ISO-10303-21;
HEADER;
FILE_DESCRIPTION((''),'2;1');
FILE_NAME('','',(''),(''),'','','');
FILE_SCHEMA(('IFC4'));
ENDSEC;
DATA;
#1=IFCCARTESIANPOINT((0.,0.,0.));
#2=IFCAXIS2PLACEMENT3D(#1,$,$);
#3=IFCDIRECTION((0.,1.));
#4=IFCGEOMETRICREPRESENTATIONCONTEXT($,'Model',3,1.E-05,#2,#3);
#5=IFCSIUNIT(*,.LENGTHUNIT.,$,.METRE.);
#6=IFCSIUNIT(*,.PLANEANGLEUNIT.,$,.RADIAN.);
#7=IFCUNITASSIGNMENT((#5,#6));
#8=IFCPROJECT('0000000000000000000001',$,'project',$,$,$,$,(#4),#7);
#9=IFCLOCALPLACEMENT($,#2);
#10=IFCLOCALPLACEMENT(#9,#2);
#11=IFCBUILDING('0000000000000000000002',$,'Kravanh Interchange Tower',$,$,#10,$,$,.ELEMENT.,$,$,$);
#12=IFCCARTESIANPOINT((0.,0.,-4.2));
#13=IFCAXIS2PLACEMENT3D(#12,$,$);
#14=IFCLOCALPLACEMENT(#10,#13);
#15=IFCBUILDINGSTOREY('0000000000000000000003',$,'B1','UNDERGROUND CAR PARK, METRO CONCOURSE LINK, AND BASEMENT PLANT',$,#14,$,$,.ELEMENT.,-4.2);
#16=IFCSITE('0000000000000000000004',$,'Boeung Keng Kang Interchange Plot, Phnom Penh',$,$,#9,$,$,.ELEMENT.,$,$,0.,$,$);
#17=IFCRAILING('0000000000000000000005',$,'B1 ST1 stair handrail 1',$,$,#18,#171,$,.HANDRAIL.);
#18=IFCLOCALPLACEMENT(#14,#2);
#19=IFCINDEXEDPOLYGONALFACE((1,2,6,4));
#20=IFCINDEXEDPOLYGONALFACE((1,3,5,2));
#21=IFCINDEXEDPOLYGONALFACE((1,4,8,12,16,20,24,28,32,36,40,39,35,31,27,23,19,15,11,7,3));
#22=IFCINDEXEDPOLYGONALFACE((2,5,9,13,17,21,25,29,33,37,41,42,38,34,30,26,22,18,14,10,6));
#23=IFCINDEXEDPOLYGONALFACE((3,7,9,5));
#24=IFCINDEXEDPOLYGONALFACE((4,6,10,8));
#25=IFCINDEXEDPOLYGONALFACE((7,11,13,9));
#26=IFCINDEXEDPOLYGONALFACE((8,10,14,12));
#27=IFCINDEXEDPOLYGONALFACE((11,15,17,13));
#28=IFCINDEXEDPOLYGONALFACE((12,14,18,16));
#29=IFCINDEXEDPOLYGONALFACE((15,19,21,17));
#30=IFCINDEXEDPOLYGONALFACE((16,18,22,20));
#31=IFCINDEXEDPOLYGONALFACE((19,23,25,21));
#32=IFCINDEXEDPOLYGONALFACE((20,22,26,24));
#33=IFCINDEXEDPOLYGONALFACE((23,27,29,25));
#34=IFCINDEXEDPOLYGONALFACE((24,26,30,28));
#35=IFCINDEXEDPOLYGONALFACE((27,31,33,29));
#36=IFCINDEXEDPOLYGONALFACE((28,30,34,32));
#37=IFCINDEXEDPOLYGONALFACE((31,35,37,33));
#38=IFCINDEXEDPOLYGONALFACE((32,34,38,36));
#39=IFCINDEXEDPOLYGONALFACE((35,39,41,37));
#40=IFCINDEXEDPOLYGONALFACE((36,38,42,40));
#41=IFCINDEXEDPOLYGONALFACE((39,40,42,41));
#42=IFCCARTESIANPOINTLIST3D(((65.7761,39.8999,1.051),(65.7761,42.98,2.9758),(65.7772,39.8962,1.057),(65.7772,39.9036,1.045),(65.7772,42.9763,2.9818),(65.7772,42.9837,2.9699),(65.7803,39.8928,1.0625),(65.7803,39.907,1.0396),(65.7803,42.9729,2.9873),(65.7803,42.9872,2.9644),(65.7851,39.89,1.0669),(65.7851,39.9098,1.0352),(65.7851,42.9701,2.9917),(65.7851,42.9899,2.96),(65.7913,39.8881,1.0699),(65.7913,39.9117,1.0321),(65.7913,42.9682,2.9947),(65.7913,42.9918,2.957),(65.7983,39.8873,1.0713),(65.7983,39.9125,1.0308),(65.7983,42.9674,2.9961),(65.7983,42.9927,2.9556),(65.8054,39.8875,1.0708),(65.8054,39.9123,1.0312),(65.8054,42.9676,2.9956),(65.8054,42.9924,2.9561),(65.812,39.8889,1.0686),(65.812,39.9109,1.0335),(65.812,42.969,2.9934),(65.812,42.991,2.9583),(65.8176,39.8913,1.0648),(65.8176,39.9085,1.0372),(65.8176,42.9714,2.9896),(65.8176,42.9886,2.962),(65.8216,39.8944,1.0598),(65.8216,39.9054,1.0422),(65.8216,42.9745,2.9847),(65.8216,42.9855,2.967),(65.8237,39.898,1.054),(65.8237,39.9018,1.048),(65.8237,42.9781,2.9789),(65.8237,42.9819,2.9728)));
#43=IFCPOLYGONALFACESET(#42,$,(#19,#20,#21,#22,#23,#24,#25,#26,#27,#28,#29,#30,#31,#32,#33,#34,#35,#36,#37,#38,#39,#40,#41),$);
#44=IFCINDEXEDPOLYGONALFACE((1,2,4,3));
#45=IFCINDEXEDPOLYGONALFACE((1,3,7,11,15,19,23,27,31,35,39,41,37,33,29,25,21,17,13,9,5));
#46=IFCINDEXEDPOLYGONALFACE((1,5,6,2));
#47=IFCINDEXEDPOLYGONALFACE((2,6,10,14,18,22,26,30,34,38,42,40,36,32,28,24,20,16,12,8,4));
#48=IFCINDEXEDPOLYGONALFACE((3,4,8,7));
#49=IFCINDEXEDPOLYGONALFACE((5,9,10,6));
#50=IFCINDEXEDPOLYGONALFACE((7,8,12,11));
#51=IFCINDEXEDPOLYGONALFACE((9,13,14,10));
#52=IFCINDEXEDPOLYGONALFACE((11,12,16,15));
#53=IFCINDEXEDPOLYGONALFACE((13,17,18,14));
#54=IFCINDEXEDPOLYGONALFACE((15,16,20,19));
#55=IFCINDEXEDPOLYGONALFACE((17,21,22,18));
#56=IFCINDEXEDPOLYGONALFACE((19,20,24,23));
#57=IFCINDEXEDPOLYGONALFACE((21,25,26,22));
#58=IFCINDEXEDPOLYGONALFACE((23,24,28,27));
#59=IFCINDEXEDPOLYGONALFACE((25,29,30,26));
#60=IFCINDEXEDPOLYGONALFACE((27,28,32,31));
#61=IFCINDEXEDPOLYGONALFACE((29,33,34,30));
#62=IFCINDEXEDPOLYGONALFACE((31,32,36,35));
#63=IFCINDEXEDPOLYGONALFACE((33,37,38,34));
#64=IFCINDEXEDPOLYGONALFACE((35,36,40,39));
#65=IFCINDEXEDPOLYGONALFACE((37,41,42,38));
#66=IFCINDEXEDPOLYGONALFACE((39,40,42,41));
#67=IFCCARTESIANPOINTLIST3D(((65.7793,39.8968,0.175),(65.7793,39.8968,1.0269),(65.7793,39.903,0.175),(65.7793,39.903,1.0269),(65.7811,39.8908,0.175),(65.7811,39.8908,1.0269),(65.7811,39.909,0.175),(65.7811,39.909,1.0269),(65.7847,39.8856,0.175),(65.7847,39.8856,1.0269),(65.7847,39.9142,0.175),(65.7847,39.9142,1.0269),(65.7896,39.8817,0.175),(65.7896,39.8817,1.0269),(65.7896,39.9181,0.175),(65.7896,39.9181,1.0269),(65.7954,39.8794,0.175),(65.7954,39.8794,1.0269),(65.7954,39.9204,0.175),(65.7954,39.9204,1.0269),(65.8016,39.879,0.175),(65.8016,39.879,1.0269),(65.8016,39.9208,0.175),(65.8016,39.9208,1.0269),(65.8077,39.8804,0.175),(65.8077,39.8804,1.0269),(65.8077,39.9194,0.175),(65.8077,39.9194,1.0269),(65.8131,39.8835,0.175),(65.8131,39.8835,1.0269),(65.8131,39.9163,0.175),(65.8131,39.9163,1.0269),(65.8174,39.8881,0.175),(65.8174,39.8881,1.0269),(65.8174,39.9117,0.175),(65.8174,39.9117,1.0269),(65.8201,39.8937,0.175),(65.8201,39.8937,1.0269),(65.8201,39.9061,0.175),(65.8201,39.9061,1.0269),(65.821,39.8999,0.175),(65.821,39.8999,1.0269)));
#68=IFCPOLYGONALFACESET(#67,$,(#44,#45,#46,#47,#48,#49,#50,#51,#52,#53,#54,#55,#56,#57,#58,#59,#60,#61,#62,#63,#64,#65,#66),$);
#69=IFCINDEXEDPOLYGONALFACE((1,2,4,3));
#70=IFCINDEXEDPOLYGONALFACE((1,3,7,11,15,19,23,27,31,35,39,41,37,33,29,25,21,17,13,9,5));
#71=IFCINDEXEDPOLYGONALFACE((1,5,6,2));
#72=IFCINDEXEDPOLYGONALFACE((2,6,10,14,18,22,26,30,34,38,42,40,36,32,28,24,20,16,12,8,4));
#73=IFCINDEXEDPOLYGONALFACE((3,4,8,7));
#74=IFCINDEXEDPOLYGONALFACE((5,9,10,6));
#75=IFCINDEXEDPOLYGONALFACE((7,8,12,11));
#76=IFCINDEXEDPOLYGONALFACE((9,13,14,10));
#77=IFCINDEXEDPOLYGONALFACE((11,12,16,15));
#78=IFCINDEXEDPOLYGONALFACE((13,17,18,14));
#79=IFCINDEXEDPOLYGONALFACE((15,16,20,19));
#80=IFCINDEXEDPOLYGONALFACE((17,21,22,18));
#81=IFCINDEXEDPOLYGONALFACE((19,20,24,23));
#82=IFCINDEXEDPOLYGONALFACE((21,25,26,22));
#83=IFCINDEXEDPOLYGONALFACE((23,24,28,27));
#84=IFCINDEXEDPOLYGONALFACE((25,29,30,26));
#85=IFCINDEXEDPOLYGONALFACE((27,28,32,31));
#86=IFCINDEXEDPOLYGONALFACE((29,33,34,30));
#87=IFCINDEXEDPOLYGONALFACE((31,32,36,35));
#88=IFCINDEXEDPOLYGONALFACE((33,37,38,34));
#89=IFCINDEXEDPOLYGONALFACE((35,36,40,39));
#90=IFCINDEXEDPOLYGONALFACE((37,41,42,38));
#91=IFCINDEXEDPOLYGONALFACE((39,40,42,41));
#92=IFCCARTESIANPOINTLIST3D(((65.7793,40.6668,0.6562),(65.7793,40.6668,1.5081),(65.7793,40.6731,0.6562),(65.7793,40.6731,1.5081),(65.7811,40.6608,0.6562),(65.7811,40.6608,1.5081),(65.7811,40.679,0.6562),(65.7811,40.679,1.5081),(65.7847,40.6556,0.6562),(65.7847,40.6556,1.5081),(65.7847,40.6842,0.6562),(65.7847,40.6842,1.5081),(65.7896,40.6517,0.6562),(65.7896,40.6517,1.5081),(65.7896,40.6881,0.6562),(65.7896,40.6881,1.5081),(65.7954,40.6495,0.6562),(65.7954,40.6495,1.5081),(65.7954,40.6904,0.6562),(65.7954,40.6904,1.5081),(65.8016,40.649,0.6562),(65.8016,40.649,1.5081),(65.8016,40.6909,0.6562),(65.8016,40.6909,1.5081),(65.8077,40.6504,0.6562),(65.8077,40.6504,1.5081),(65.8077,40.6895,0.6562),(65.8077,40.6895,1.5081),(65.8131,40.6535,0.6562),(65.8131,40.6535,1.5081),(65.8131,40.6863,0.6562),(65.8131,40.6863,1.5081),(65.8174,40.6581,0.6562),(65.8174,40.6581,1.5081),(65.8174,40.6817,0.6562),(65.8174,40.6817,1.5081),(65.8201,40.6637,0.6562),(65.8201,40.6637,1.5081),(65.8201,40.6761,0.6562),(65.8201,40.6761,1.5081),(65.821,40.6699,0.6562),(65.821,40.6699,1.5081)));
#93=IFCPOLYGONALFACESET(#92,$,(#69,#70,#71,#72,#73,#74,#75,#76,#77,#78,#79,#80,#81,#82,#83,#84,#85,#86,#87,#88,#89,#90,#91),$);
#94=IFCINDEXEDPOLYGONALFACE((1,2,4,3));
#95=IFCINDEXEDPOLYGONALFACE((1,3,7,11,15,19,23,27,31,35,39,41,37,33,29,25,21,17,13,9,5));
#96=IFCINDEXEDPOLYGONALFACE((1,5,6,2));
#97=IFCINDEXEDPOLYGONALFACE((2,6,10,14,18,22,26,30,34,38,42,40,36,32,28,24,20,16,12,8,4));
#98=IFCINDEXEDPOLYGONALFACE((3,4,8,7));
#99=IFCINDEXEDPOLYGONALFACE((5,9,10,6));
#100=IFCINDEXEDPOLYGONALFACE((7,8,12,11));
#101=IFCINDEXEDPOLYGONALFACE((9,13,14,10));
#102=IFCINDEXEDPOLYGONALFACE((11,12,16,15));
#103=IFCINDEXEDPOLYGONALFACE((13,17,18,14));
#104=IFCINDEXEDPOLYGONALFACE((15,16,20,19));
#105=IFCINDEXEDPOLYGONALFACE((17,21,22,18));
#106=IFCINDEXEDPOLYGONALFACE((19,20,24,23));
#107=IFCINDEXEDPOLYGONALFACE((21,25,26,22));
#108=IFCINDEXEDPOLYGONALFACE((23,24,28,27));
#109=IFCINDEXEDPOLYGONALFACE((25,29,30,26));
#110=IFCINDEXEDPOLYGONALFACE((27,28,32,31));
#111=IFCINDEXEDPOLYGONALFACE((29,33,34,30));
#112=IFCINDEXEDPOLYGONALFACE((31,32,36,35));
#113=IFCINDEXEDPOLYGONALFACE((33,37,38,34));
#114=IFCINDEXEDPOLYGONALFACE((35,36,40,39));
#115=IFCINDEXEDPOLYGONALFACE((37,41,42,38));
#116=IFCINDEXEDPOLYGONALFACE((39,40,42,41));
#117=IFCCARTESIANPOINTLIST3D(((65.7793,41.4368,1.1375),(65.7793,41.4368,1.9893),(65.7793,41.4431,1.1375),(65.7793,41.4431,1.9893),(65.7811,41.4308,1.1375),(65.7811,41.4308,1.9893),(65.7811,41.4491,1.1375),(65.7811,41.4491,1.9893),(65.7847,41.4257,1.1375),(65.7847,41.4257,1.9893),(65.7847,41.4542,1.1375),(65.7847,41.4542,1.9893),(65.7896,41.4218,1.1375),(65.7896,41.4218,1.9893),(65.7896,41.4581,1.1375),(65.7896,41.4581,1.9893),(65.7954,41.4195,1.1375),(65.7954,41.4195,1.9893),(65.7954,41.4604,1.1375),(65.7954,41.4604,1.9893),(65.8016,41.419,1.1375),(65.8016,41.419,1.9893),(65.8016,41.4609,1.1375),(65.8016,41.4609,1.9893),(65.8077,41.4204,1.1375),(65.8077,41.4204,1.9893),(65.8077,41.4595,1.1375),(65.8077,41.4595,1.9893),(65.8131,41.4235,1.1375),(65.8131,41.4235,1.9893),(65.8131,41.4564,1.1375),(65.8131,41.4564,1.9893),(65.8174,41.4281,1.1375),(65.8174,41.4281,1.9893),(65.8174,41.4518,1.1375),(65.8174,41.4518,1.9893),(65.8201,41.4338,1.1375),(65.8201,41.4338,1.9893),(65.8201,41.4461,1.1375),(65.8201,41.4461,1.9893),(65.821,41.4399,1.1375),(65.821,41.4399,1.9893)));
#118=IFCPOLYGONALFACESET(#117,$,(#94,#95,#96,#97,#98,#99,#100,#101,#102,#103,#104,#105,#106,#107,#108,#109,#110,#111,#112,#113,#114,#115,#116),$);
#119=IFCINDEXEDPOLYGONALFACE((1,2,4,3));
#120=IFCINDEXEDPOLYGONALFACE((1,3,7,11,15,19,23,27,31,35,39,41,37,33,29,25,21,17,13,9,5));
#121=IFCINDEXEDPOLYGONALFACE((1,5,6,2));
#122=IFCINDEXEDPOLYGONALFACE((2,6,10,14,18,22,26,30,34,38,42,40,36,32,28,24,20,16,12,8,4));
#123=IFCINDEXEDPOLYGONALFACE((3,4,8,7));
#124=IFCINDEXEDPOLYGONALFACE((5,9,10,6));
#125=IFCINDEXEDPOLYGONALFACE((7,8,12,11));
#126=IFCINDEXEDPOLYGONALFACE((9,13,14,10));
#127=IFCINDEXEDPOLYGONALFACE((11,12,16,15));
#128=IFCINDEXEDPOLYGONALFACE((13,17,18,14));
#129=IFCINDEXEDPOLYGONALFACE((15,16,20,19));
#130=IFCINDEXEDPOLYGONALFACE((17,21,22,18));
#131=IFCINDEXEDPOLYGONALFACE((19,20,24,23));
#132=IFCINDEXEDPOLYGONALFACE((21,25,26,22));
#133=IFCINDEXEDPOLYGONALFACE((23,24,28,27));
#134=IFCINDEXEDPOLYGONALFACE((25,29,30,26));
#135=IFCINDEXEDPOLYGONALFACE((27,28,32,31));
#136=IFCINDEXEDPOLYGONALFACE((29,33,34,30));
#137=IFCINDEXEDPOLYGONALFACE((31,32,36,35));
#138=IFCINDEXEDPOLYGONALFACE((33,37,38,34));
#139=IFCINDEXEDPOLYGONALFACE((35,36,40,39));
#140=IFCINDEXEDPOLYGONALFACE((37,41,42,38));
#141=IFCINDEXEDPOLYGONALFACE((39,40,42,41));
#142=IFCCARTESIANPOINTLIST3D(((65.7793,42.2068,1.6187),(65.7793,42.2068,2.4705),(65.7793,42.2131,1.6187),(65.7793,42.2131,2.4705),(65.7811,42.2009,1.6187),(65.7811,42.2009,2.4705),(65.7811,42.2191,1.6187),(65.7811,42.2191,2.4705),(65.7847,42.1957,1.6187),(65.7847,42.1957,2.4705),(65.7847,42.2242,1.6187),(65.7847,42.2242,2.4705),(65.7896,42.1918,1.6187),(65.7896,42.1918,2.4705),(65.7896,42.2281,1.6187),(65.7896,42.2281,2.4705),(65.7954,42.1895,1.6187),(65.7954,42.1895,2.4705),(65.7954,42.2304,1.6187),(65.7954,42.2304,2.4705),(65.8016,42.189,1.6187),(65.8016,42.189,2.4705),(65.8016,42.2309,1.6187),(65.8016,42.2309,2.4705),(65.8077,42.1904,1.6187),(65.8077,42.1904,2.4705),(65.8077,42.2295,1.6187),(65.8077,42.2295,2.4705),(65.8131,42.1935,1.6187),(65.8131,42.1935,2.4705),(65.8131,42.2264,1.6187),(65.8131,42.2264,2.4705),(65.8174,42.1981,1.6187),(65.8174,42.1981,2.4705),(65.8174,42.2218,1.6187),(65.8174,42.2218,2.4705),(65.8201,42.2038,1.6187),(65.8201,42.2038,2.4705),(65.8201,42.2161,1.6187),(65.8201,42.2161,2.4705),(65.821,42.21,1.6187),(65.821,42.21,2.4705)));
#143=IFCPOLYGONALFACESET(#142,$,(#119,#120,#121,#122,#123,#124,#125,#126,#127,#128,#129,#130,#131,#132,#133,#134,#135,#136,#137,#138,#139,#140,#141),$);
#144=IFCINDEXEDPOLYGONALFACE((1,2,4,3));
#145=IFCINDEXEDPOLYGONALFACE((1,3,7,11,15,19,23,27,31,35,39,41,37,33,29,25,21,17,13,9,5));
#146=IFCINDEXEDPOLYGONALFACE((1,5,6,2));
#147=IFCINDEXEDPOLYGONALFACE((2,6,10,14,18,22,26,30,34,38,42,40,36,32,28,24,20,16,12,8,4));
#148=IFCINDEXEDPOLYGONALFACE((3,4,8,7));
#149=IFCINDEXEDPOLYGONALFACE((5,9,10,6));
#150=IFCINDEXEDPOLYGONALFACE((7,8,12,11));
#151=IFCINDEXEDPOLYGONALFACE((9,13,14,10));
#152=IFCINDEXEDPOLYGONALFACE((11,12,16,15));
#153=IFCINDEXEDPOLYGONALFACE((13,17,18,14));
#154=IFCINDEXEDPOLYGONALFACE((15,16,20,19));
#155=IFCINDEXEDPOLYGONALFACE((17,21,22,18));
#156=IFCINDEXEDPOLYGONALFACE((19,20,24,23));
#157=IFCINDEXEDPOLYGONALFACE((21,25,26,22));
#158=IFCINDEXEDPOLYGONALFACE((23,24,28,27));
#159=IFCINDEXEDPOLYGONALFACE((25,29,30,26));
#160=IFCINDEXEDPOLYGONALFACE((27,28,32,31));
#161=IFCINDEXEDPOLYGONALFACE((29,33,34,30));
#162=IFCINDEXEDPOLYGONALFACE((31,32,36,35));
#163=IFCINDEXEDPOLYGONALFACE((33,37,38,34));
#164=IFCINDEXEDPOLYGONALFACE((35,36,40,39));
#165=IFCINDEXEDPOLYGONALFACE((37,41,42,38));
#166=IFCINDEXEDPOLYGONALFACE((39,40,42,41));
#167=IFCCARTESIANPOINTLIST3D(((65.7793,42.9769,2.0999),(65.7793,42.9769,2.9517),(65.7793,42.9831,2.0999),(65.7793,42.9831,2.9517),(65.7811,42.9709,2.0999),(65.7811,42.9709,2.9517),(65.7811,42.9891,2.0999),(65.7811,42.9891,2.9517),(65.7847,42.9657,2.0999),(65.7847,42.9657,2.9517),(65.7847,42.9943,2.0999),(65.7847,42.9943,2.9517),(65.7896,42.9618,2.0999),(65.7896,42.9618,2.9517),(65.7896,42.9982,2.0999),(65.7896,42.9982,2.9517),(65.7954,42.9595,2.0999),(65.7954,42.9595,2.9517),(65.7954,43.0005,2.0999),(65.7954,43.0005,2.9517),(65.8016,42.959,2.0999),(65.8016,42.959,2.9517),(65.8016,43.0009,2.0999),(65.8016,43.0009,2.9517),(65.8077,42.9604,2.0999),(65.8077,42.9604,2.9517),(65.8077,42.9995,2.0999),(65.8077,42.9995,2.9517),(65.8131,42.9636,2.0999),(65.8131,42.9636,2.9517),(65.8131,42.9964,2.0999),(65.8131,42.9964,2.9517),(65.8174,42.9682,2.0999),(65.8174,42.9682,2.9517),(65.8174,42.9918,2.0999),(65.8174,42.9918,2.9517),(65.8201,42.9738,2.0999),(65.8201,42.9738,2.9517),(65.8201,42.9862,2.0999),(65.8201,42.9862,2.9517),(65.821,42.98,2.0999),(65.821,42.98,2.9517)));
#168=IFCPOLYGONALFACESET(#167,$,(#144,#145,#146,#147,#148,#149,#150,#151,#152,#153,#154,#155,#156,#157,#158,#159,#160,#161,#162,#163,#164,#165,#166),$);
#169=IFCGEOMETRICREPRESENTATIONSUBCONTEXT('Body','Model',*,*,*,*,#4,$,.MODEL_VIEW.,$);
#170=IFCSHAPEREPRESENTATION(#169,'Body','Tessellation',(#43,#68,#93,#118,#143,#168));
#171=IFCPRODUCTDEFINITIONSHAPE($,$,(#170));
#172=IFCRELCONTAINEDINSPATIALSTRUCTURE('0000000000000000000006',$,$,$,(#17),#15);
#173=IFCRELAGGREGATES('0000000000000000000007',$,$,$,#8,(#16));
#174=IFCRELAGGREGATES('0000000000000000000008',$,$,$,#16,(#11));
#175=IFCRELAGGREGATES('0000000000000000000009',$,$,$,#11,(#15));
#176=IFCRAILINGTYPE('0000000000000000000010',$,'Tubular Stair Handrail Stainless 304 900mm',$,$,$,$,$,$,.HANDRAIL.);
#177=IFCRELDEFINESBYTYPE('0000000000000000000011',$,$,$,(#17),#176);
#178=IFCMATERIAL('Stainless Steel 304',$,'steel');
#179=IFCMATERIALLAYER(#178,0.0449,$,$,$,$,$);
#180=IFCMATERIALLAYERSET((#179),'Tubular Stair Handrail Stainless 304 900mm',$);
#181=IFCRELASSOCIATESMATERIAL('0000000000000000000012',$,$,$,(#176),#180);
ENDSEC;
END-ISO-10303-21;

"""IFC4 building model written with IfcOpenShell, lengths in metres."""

from ifc_helpers import new_model, si_unit, direction, frame, origin, origin_2d, place, context, subcontext, project, spatial, circle, extrude, material, layer, layer_set, type_object, element, save


model = new_model("IFC4")

# Units and contexts
model_context = context("Model", 3, precision=1e-05, world=origin(), true_north=direction((0.0, 1.0)))
body_context = subcontext(model_context, "Body", "Model", "MODEL_VIEW")
ifc_project = project(units=[si_unit("LENGTHUNIT", "METRE"), si_unit("PLANEANGLEUNIT", "RADIAN")], contexts=[model_context])

# Site, building, storey
site_placement = place(None, origin())
site = spatial("IfcSite", under=ifc_project, at=site_placement, Name="Boeung Keng Kang Interchange Plot, Phnom Penh", CompositionType="ELEMENT", RefElevation=0.0)
building_placement = place(site_placement, origin())
building = spatial("IfcBuilding", under=site, at=building_placement, Name="Kravanh Interchange Tower", CompositionType="ELEMENT")
storey_placement = place(building_placement, frame((0.0, 0.0, -4.2)))
storey = spatial("IfcBuildingStorey", under=building, at=storey_placement, Name="B1", Description="UNDERGROUND CAR PARK, METRO CONCOURSE LINK, AND BASEMENT PLANT", CompositionType="ELEMENT", Elevation=-4.2)

# Railing
ifc_material_1 = material(Name="Stainless Steel 304", Category="steel")
ifc_layer_1 = layer(ifc_material_1, 0.0449)
ifc_layer_set_1 = layer_set([ifc_layer_1], Name="Tubular Stair Handrail Stainless 304 900mm")
railing_type_1 = type_object("IfcRailingType", Name="Tubular Stair Handrail Stainless 304 900mm", PredefinedType="HANDRAIL", material=ifc_layer_set_1)
railing_1_placement = place(storey_placement, frame((65.8, 39.8999, 0.175)))
element("IfcRailing", 1, at=railing_1_placement, inside=storey, type_object=railing_type_1, Name="B1 ST1 stair handrail 1", PredefinedType="HANDRAIL", context=body_context, shape_type="SweptSolid", body=[
    extrude(circle(Radius=0.0239, at=origin_2d()), frame((0.0, 0.0, 0.876), z_axis=(0.0, 0.848029, 0.529951), x_axis=(-1.0, 0.0, 0.0)), (0.0, 0.0, 1.0), 3.6321),
    extrude(circle(Radius=0.021, at=origin_2d()), origin(), (0.0, 0.0, 1.0), 0.8518),
    extrude(circle(Radius=0.021, at=origin_2d()), frame((0.0, 0.77, 0.4812)), (0.0, 0.0, 1.0), 0.8518),
    extrude(circle(Radius=0.021, at=origin_2d()), frame((0.0, 1.54, 0.9624)), (0.0, 0.0, 1.0), 0.8518),
    extrude(circle(Radius=0.021, at=origin_2d()), frame((0.0, 2.3101, 1.4436)), (0.0, 0.0, 1.0), 0.8518),
    extrude(circle(Radius=0.021, at=origin_2d()), frame((0.0, 3.0801, 1.9248)), (0.0, 0.0, 1.0), 0.8518),
])

save(model, "model.ifc")
